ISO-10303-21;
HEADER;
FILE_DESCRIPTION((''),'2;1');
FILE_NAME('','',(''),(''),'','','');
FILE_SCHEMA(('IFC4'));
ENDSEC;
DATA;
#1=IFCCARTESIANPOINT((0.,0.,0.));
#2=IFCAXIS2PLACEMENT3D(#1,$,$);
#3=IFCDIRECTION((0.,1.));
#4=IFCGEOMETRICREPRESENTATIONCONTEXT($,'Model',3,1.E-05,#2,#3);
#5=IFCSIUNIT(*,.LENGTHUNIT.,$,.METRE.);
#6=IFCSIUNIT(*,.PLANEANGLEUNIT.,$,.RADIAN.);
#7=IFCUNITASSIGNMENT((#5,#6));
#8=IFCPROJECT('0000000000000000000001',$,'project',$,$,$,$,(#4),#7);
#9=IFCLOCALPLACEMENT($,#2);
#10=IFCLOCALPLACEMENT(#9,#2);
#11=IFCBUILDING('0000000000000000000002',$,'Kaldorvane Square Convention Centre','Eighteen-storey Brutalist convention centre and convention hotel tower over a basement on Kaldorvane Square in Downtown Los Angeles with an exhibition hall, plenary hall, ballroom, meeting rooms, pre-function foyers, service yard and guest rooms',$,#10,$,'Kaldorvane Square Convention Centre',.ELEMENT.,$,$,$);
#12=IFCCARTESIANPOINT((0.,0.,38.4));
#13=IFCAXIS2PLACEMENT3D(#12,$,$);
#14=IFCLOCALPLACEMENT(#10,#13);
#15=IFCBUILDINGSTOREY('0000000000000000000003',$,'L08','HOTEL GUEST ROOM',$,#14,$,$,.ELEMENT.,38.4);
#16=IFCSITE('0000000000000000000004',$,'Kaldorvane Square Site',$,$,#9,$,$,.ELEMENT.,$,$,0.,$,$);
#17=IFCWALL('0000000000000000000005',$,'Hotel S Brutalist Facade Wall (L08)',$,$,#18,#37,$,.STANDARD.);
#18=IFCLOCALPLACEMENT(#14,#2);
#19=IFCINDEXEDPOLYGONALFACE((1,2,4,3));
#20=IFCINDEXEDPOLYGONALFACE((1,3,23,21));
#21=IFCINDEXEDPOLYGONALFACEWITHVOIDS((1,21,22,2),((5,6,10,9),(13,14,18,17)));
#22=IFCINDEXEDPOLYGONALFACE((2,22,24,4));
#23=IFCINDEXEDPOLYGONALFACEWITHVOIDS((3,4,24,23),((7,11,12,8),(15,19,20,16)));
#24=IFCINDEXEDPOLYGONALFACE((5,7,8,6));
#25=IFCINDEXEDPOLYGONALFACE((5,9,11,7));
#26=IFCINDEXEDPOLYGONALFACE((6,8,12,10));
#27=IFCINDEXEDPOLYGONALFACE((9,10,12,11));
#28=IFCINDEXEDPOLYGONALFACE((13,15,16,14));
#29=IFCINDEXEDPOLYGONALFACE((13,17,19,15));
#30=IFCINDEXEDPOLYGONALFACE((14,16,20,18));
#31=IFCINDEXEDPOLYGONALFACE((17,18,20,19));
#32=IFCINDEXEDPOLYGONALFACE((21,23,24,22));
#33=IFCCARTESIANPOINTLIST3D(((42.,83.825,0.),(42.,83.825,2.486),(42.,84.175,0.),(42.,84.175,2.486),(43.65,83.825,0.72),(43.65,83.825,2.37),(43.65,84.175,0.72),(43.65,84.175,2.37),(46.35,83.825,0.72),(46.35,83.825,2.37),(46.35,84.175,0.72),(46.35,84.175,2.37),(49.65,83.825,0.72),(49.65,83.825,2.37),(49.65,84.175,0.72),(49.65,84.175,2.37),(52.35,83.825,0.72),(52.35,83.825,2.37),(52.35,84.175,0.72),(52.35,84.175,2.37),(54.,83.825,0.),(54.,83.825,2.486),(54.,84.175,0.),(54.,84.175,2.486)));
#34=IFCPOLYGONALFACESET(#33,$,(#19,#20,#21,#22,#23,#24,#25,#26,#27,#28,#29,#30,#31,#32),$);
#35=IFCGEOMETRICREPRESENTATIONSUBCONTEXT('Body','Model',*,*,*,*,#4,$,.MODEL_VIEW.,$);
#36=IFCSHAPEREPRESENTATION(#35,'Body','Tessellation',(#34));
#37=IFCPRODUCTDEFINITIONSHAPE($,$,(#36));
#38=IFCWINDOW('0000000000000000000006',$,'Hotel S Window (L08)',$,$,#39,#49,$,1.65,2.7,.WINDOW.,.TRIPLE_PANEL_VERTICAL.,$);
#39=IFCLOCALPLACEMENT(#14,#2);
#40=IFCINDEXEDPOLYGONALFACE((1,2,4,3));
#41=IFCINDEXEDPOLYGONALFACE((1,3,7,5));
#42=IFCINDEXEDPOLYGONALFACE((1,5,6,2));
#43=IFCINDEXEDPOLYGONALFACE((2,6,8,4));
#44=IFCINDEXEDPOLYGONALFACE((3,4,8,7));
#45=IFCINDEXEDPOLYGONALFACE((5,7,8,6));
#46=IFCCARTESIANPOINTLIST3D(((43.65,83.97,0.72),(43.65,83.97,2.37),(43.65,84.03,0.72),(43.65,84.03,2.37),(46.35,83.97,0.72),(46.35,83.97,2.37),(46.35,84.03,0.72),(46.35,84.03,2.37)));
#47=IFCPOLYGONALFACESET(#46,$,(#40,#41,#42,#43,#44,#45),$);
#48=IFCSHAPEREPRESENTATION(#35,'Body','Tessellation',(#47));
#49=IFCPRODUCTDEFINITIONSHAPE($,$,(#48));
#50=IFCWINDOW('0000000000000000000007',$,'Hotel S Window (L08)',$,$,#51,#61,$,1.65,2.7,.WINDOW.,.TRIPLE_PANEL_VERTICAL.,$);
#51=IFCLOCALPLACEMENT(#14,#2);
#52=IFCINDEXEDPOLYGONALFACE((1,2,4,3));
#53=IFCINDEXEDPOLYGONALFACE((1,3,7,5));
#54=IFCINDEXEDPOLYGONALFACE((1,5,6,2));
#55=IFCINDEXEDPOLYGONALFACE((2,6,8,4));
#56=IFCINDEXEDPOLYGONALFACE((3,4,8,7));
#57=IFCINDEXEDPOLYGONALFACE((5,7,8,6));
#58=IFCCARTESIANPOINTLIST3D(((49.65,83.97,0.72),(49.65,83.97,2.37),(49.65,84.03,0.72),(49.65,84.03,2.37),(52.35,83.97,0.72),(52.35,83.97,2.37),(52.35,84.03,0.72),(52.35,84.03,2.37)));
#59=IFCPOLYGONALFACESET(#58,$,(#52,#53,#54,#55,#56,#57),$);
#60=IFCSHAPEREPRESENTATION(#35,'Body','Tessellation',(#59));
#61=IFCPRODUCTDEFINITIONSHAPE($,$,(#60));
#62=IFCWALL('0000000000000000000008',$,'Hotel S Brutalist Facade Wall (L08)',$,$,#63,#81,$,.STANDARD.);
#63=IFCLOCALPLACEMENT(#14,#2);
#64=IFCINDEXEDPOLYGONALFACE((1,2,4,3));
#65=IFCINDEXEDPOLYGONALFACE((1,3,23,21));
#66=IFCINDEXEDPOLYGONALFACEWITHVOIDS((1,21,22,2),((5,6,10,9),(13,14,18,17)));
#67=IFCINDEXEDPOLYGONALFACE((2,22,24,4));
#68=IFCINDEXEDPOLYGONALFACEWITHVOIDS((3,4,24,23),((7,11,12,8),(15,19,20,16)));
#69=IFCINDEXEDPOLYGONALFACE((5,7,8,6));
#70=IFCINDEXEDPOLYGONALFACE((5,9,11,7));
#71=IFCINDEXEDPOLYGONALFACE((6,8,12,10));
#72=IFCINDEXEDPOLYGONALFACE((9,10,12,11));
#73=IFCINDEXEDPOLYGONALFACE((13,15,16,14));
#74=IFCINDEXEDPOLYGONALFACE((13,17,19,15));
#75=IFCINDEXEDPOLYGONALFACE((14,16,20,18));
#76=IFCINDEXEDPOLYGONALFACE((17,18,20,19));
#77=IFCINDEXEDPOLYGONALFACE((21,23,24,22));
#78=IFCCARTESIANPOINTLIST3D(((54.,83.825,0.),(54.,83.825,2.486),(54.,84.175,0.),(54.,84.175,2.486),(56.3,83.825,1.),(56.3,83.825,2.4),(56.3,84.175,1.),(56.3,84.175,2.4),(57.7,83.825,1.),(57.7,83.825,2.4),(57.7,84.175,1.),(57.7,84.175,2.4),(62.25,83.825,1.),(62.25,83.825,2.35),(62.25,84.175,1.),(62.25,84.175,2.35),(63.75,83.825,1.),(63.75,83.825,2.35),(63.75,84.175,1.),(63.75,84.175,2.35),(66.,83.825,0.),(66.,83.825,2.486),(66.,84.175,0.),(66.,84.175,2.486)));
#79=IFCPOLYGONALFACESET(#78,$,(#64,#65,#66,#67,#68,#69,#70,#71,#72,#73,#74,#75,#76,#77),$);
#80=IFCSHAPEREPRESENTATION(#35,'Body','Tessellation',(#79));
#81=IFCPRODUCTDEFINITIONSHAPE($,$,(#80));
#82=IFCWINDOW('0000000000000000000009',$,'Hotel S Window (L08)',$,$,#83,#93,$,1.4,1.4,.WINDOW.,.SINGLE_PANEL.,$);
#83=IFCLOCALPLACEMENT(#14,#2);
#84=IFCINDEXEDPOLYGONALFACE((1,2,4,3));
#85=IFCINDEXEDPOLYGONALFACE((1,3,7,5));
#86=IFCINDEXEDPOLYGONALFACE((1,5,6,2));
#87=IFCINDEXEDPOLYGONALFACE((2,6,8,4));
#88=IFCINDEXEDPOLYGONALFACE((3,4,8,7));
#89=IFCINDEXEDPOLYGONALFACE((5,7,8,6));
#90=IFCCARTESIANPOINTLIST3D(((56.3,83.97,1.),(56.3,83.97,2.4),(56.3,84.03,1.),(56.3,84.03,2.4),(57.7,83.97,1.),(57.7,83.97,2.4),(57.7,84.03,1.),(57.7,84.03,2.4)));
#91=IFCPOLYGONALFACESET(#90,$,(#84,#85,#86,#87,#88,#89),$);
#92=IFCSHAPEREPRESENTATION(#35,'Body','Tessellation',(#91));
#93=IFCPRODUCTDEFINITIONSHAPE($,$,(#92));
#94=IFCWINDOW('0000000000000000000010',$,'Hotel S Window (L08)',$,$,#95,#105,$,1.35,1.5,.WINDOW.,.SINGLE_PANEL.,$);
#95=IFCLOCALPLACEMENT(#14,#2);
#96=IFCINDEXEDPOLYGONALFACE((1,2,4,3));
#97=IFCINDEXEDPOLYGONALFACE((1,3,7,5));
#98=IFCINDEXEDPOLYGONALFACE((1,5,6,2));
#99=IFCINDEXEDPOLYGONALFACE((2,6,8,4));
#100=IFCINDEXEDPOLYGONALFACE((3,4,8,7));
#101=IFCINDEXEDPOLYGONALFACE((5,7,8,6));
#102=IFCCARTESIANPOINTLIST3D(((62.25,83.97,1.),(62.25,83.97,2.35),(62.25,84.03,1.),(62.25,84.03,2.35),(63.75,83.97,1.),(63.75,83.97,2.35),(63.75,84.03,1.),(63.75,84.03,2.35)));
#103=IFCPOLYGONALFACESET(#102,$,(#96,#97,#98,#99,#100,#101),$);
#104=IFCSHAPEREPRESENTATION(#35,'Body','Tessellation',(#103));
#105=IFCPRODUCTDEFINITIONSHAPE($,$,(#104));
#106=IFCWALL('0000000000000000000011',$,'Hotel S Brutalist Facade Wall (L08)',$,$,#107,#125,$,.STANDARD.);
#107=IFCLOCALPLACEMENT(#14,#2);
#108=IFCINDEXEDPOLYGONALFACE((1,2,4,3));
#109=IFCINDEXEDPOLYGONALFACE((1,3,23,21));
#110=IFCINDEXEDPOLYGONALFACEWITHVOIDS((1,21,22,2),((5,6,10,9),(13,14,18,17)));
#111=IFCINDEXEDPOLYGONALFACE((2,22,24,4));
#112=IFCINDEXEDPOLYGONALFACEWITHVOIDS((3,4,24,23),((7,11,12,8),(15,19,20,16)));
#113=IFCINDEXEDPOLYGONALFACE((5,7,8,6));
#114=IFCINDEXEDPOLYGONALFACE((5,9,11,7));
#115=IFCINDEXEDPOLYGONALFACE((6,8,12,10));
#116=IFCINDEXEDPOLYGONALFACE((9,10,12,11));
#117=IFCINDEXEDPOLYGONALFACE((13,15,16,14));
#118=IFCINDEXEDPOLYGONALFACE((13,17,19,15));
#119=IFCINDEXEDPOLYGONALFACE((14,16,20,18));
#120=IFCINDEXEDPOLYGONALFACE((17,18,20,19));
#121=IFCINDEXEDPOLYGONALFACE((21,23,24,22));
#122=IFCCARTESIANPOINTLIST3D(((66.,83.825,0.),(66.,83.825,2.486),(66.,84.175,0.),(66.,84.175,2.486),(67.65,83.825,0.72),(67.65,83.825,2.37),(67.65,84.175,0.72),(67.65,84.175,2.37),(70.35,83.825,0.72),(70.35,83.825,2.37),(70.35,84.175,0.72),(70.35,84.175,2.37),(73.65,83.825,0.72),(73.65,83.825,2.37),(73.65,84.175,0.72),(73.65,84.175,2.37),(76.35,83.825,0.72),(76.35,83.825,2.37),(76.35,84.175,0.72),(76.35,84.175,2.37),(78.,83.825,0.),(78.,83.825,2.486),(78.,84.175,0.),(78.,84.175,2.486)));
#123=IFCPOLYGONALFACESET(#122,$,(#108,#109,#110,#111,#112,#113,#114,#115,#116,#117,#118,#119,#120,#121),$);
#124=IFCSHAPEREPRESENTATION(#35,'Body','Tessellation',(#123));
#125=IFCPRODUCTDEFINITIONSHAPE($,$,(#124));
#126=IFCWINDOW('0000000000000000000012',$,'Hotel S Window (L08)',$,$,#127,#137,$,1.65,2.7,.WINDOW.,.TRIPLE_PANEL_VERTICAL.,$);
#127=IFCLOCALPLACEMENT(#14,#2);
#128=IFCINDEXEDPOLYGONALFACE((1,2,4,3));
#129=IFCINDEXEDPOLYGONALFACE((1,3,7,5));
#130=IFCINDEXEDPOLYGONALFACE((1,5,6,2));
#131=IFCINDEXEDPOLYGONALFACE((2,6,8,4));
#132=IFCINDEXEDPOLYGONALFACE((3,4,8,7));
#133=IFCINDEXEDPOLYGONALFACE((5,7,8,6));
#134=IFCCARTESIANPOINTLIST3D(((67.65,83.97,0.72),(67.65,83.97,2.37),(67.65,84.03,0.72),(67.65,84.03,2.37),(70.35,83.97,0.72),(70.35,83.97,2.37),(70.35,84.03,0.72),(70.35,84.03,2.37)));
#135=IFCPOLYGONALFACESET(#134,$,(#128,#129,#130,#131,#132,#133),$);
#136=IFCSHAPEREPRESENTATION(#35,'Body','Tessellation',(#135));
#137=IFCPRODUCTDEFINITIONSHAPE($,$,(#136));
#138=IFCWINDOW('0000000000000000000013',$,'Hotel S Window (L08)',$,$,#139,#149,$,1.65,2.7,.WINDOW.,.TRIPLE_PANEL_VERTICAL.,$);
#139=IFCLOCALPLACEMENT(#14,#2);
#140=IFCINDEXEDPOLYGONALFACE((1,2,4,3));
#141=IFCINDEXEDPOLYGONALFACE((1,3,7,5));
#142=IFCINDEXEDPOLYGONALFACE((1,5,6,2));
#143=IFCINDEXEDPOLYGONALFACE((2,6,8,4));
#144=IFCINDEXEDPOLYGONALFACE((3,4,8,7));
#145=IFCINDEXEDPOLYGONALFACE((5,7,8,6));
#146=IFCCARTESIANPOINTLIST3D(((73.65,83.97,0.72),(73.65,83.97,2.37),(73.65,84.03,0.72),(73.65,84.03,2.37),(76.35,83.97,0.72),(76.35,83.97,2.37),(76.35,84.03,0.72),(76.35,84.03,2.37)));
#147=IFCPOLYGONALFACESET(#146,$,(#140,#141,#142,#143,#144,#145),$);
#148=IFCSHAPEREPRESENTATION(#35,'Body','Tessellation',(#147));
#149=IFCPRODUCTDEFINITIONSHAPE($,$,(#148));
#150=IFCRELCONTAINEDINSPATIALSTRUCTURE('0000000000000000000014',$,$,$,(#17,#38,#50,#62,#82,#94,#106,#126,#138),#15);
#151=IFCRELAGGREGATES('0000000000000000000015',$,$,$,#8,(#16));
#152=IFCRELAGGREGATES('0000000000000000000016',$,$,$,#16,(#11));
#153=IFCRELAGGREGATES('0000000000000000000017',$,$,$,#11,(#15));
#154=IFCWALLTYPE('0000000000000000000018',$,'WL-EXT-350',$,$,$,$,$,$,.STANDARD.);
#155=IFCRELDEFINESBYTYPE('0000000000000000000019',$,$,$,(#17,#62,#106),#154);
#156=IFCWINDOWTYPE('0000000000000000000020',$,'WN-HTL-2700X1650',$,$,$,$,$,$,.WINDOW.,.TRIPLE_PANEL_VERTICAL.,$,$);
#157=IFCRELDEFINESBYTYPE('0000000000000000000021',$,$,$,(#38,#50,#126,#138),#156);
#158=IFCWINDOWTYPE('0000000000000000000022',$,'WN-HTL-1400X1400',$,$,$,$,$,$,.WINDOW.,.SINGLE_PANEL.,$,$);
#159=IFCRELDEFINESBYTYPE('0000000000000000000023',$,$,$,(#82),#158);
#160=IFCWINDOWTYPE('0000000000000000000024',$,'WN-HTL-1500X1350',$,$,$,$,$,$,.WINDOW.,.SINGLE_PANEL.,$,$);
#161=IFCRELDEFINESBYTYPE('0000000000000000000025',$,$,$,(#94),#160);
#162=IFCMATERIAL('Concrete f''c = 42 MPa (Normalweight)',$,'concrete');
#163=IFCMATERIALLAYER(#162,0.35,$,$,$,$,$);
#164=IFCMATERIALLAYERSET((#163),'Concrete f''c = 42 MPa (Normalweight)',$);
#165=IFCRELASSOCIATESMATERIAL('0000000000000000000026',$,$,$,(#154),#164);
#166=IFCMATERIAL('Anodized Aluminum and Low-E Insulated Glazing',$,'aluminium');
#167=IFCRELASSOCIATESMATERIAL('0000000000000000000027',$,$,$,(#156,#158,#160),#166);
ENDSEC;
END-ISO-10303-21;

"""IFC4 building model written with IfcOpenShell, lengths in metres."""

from ifc_helpers import new_model, si_unit, direction, frame, frame_2d, origin, place, context, subcontext, project, spatial, rectangle, extrude, material, layer, layer_set, type_object, element, fill, save


model = new_model("IFC4")

# Units and contexts
model_context = context("Model", 3, precision=1e-05, world=origin(), true_north=direction((0.0, 1.0)))
body_context = subcontext(model_context, "Body", "Model", "MODEL_VIEW")
ifc_project = project(units=[si_unit("LENGTHUNIT", "METRE"), si_unit("PLANEANGLEUNIT", "RADIAN")], contexts=[model_context])

# Site, building, storey
site_placement = place(None, origin())
site = spatial("IfcSite", under=ifc_project, at=site_placement, Name="Kaldorvane Square Site", CompositionType="ELEMENT", RefElevation=0.0)
building_placement = place(site_placement, origin())
building = spatial("IfcBuilding", under=site, at=building_placement, Name="Kaldorvane Square Convention Centre", Description="Eighteen-storey Brutalist convention centre and convention hotel tower over a basement on Kaldorvane Square in Downtown Los Angeles with an exhibition hall, plenary hall, ballroom, meeting rooms, pre-function foyers, service yard and guest rooms", LongName="Kaldorvane Square Convention Centre", CompositionType="ELEMENT")
storey_placement = place(building_placement, frame((0.0, 0.0, 38.4)))
storey = spatial("IfcBuildingStorey", under=building, at=storey_placement, Name="L08", Description="HOTEL GUEST ROOM", CompositionType="ELEMENT", Elevation=38.4)

# Shared definitions
ifc_material_1 = material(Name="Concrete f'c = 42 MPa (Normalweight)", Category="concrete")

# Shared definitions
ifc_layer_1 = layer(ifc_material_1, 0.35)
ifc_layer_set_1 = layer_set([ifc_layer_1], Name="Concrete f'c = 42 MPa (Normalweight)")
wall_type_1 = type_object("IfcWallType", Name="WL-EXT-350", PredefinedType="STANDARD", material=ifc_layer_set_1)
ifc_material_2 = material(Name="Anodized Aluminum and Low-E Insulated Glazing", Category="aluminium")
window_type_1 = type_object("IfcWindowType", Name="WN-HTL-2700X1650", PartitioningType="TRIPLE_PANEL_VERTICAL", PredefinedType="WINDOW", material=ifc_material_2)

# Walls, openings, windows
wall_1_placement = place(storey_placement, frame((42.0, 84.0, 0.0), z_axis=(0.0, 0.0, 1.0), x_axis=(1.0, 0.0, 0.0)))
wall_1 = element("IfcWall", 1, at=wall_1_placement, inside=storey, type_object=wall_type_1, Name="Hotel S Brutalist Facade Wall (L08)", PredefinedType="STANDARD", context=body_context, shape_type="SweptSolid", body=[
    extrude(rectangle(XDim=12.0, YDim=0.35, at=frame_2d((6.0, 0.0))), origin(), (0.0, 0.0, 1.0), 2.486),
])
opening_1_placement = place(wall_1_placement, frame((1.65, 0.0, 0.72)))
opening_1 = element("IfcOpeningElement", 2, at=opening_1_placement, cuts=wall_1, PredefinedType="OPENING", context=body_context, shape_type="SweptSolid", body=[
    extrude(rectangle(XDim=2.7, YDim=1.65, at=frame_2d((1.35, 0.825))), frame((0.0, 0.19, 0.0), z_axis=(0.0, -1.0, 0.0), x_axis=(1.0, 0.0, 0.0)), (0.0, 0.0, 1.0), 0.38),
])
opening_2_placement = place(wall_1_placement, frame((7.65, 0.0, 0.72)))
opening_2 = element("IfcOpeningElement", 3, at=opening_2_placement, cuts=wall_1, PredefinedType="OPENING", context=body_context, shape_type="SweptSolid", body=[
    extrude(rectangle(XDim=2.7, YDim=1.65, at=frame_2d((1.35, 0.825))), frame((0.0, 0.19, 0.0), z_axis=(0.0, -1.0, 0.0), x_axis=(1.0, 0.0, 0.0)), (0.0, 0.0, 1.0), 0.38),
])
window_1_placement = place(opening_1_placement, origin())
window_1 = element("IfcWindow", 4, at=window_1_placement, inside=storey, type_object=window_type_1, Name="Hotel S Window (L08)", OverallHeight=1.65, OverallWidth=2.7, PartitioningType="TRIPLE_PANEL_VERTICAL", PredefinedType="WINDOW", context=body_context, shape_type="SweptSolid", body=[
    extrude(rectangle(XDim=2.7, YDim=1.65, at=frame_2d((1.35, 0.825))), frame((0.0, 0.03, 0.0), z_axis=(0.0, -1.0, 0.0), x_axis=(1.0, 0.0, 0.0)), (0.0, 0.0, 1.0), 0.06),
])
fill(opening_1, window_1)
window_2_placement = place(opening_2_placement, origin())
window_2 = element("IfcWindow", 5, at=window_2_placement, inside=storey, type_object=window_type_1, Name="Hotel S Window (L08)", OverallHeight=1.65, OverallWidth=2.7, PartitioningType="TRIPLE_PANEL_VERTICAL", PredefinedType="WINDOW", context=body_context, shape_type="SweptSolid", body=[
    extrude(rectangle(XDim=2.7, YDim=1.65, at=frame_2d((1.35, 0.825))), frame((0.0, 0.03, 0.0), z_axis=(0.0, -1.0, 0.0), x_axis=(1.0, 0.0, 0.0)), (0.0, 0.0, 1.0), 0.06),
])
fill(opening_2, window_2)
wall_2_placement = place(storey_placement, frame((54.0, 84.0, 0.0), z_axis=(0.0, 0.0, 1.0), x_axis=(1.0, 0.0, 0.0)))
wall_2 = element("IfcWall", 6, at=wall_2_placement, inside=storey, type_object=wall_type_1, Name="Hotel S Brutalist Facade Wall (L08)", PredefinedType="STANDARD", context=body_context, shape_type="SweptSolid", body=[
    extrude(rectangle(XDim=12.0, YDim=0.35, at=frame_2d((6.0, 0.0))), origin(), (0.0, 0.0, 1.0), 2.486),
])
opening_3_placement = place(wall_2_placement, frame((2.3, 0.0, 1.0)))
opening_3 = element("IfcOpeningElement", 7, at=opening_3_placement, cuts=wall_2, PredefinedType="OPENING", context=body_context, shape_type="SweptSolid", body=[
    extrude(rectangle(XDim=1.4, YDim=1.4, at=frame_2d((0.7, 0.7))), frame((0.0, 0.19, 0.0), z_axis=(0.0, -1.0, 0.0), x_axis=(1.0, 0.0, 0.0)), (0.0, 0.0, 1.0), 0.38),
])
opening_4_placement = place(wall_2_placement, frame((8.25, 0.0, 1.0)))
opening_4 = element("IfcOpeningElement", 8, at=opening_4_placement, cuts=wall_2, PredefinedType="OPENING", context=body_context, shape_type="SweptSolid", body=[
    extrude(rectangle(XDim=1.5, YDim=1.35, at=frame_2d((0.75, 0.675))), frame((0.0, 0.19, 0.0), z_axis=(0.0, -1.0, 0.0), x_axis=(1.0, 0.0, 0.0)), (0.0, 0.0, 1.0), 0.38),
])
window_type_2 = type_object("IfcWindowType", Name="WN-HTL-1400X1400", PartitioningType="SINGLE_PANEL", PredefinedType="WINDOW", material=ifc_material_2)
window_3_placement = place(opening_3_placement, origin())
window_3 = element("IfcWindow", 9, at=window_3_placement, inside=storey, type_object=window_type_2, Name="Hotel S Window (L08)", OverallHeight=1.4, OverallWidth=1.4, PartitioningType="SINGLE_PANEL", PredefinedType="WINDOW", context=body_context, shape_type="SweptSolid", body=[
    extrude(rectangle(XDim=1.4, YDim=1.4, at=frame_2d((0.7, 0.7))), frame((0.0, 0.03, 0.0), z_axis=(0.0, -1.0, 0.0), x_axis=(1.0, 0.0, 0.0)), (0.0, 0.0, 1.0), 0.06),
])
fill(opening_3, window_3)
window_type_3 = type_object("IfcWindowType", Name="WN-HTL-1500X1350", PartitioningType="SINGLE_PANEL", PredefinedType="WINDOW", material=ifc_material_2)
window_4_placement = place(opening_4_placement, origin())
window_4 = element("IfcWindow", 10, at=window_4_placement, inside=storey, type_object=window_type_3, Name="Hotel S Window (L08)", OverallHeight=1.35, OverallWidth=1.5, PartitioningType="SINGLE_PANEL", PredefinedType="WINDOW", context=body_context, shape_type="SweptSolid", body=[
    extrude(rectangle(XDim=1.5, YDim=1.35, at=frame_2d((0.75, 0.675))), frame((0.0, 0.03, 0.0), z_axis=(0.0, -1.0, 0.0), x_axis=(1.0, 0.0, 0.0)), (0.0, 0.0, 1.0), 0.06),
])
fill(opening_4, window_4)
wall_3_placement = place(storey_placement, frame((66.0, 84.0, 0.0), z_axis=(0.0, 0.0, 1.0), x_axis=(1.0, 0.0, 0.0)))
wall_3 = element("IfcWall", 11, at=wall_3_placement, inside=storey, type_object=wall_type_1, Name="Hotel S Brutalist Facade Wall (L08)", PredefinedType="STANDARD", context=body_context, shape_type="SweptSolid", body=[
    extrude(rectangle(XDim=12.0, YDim=0.35, at=frame_2d((6.0, 0.0))), origin(), (0.0, 0.0, 1.0), 2.486),
])
opening_5_placement = place(wall_3_placement, frame((1.65, 0.0, 0.72)))
opening_5 = element("IfcOpeningElement", 12, at=opening_5_placement, cuts=wall_3, PredefinedType="OPENING", context=body_context, shape_type="SweptSolid", body=[
    extrude(rectangle(XDim=2.7, YDim=1.65, at=frame_2d((1.35, 0.825))), frame((0.0, 0.19, 0.0), z_axis=(0.0, -1.0, 0.0), x_axis=(1.0, 0.0, 0.0)), (0.0, 0.0, 1.0), 0.38),
])
opening_6_placement = place(wall_3_placement, frame((7.65, 0.0, 0.72)))
opening_6 = element("IfcOpeningElement", 13, at=opening_6_placement, cuts=wall_3, PredefinedType="OPENING", context=body_context, shape_type="SweptSolid", body=[
    extrude(rectangle(XDim=2.7, YDim=1.65, at=frame_2d((1.35, 0.825))), frame((0.0, 0.19, 0.0), z_axis=(0.0, -1.0, 0.0), x_axis=(1.0, 0.0, 0.0)), (0.0, 0.0, 1.0), 0.38),
])
window_5_placement = place(opening_5_placement, origin())
window_5 = element("IfcWindow", 14, at=window_5_placement, inside=storey, type_object=window_type_1, Name="Hotel S Window (L08)", OverallHeight=1.65, OverallWidth=2.7, PartitioningType="TRIPLE_PANEL_VERTICAL", PredefinedType="WINDOW", context=body_context, shape_type="SweptSolid", body=[
    extrude(rectangle(XDim=2.7, YDim=1.65, at=frame_2d((1.35, 0.825))), frame((0.0, 0.03, 0.0), z_axis=(0.0, -1.0, 0.0), x_axis=(1.0, 0.0, 0.0)), (0.0, 0.0, 1.0), 0.06),
])
fill(opening_5, window_5)
window_6_placement = place(opening_6_placement, origin())
window_6 = element("IfcWindow", 15, at=window_6_placement, inside=storey, type_object=window_type_1, Name="Hotel S Window (L08)", OverallHeight=1.65, OverallWidth=2.7, PartitioningType="TRIPLE_PANEL_VERTICAL", PredefinedType="WINDOW", context=body_context, shape_type="SweptSolid", body=[
    extrude(rectangle(XDim=2.7, YDim=1.65, at=frame_2d((1.35, 0.825))), frame((0.0, 0.03, 0.0), z_axis=(0.0, -1.0, 0.0), x_axis=(1.0, 0.0, 0.0)), (0.0, 0.0, 1.0), 0.06),
])
fill(opening_6, window_6)

save(model, "model.ifc")
